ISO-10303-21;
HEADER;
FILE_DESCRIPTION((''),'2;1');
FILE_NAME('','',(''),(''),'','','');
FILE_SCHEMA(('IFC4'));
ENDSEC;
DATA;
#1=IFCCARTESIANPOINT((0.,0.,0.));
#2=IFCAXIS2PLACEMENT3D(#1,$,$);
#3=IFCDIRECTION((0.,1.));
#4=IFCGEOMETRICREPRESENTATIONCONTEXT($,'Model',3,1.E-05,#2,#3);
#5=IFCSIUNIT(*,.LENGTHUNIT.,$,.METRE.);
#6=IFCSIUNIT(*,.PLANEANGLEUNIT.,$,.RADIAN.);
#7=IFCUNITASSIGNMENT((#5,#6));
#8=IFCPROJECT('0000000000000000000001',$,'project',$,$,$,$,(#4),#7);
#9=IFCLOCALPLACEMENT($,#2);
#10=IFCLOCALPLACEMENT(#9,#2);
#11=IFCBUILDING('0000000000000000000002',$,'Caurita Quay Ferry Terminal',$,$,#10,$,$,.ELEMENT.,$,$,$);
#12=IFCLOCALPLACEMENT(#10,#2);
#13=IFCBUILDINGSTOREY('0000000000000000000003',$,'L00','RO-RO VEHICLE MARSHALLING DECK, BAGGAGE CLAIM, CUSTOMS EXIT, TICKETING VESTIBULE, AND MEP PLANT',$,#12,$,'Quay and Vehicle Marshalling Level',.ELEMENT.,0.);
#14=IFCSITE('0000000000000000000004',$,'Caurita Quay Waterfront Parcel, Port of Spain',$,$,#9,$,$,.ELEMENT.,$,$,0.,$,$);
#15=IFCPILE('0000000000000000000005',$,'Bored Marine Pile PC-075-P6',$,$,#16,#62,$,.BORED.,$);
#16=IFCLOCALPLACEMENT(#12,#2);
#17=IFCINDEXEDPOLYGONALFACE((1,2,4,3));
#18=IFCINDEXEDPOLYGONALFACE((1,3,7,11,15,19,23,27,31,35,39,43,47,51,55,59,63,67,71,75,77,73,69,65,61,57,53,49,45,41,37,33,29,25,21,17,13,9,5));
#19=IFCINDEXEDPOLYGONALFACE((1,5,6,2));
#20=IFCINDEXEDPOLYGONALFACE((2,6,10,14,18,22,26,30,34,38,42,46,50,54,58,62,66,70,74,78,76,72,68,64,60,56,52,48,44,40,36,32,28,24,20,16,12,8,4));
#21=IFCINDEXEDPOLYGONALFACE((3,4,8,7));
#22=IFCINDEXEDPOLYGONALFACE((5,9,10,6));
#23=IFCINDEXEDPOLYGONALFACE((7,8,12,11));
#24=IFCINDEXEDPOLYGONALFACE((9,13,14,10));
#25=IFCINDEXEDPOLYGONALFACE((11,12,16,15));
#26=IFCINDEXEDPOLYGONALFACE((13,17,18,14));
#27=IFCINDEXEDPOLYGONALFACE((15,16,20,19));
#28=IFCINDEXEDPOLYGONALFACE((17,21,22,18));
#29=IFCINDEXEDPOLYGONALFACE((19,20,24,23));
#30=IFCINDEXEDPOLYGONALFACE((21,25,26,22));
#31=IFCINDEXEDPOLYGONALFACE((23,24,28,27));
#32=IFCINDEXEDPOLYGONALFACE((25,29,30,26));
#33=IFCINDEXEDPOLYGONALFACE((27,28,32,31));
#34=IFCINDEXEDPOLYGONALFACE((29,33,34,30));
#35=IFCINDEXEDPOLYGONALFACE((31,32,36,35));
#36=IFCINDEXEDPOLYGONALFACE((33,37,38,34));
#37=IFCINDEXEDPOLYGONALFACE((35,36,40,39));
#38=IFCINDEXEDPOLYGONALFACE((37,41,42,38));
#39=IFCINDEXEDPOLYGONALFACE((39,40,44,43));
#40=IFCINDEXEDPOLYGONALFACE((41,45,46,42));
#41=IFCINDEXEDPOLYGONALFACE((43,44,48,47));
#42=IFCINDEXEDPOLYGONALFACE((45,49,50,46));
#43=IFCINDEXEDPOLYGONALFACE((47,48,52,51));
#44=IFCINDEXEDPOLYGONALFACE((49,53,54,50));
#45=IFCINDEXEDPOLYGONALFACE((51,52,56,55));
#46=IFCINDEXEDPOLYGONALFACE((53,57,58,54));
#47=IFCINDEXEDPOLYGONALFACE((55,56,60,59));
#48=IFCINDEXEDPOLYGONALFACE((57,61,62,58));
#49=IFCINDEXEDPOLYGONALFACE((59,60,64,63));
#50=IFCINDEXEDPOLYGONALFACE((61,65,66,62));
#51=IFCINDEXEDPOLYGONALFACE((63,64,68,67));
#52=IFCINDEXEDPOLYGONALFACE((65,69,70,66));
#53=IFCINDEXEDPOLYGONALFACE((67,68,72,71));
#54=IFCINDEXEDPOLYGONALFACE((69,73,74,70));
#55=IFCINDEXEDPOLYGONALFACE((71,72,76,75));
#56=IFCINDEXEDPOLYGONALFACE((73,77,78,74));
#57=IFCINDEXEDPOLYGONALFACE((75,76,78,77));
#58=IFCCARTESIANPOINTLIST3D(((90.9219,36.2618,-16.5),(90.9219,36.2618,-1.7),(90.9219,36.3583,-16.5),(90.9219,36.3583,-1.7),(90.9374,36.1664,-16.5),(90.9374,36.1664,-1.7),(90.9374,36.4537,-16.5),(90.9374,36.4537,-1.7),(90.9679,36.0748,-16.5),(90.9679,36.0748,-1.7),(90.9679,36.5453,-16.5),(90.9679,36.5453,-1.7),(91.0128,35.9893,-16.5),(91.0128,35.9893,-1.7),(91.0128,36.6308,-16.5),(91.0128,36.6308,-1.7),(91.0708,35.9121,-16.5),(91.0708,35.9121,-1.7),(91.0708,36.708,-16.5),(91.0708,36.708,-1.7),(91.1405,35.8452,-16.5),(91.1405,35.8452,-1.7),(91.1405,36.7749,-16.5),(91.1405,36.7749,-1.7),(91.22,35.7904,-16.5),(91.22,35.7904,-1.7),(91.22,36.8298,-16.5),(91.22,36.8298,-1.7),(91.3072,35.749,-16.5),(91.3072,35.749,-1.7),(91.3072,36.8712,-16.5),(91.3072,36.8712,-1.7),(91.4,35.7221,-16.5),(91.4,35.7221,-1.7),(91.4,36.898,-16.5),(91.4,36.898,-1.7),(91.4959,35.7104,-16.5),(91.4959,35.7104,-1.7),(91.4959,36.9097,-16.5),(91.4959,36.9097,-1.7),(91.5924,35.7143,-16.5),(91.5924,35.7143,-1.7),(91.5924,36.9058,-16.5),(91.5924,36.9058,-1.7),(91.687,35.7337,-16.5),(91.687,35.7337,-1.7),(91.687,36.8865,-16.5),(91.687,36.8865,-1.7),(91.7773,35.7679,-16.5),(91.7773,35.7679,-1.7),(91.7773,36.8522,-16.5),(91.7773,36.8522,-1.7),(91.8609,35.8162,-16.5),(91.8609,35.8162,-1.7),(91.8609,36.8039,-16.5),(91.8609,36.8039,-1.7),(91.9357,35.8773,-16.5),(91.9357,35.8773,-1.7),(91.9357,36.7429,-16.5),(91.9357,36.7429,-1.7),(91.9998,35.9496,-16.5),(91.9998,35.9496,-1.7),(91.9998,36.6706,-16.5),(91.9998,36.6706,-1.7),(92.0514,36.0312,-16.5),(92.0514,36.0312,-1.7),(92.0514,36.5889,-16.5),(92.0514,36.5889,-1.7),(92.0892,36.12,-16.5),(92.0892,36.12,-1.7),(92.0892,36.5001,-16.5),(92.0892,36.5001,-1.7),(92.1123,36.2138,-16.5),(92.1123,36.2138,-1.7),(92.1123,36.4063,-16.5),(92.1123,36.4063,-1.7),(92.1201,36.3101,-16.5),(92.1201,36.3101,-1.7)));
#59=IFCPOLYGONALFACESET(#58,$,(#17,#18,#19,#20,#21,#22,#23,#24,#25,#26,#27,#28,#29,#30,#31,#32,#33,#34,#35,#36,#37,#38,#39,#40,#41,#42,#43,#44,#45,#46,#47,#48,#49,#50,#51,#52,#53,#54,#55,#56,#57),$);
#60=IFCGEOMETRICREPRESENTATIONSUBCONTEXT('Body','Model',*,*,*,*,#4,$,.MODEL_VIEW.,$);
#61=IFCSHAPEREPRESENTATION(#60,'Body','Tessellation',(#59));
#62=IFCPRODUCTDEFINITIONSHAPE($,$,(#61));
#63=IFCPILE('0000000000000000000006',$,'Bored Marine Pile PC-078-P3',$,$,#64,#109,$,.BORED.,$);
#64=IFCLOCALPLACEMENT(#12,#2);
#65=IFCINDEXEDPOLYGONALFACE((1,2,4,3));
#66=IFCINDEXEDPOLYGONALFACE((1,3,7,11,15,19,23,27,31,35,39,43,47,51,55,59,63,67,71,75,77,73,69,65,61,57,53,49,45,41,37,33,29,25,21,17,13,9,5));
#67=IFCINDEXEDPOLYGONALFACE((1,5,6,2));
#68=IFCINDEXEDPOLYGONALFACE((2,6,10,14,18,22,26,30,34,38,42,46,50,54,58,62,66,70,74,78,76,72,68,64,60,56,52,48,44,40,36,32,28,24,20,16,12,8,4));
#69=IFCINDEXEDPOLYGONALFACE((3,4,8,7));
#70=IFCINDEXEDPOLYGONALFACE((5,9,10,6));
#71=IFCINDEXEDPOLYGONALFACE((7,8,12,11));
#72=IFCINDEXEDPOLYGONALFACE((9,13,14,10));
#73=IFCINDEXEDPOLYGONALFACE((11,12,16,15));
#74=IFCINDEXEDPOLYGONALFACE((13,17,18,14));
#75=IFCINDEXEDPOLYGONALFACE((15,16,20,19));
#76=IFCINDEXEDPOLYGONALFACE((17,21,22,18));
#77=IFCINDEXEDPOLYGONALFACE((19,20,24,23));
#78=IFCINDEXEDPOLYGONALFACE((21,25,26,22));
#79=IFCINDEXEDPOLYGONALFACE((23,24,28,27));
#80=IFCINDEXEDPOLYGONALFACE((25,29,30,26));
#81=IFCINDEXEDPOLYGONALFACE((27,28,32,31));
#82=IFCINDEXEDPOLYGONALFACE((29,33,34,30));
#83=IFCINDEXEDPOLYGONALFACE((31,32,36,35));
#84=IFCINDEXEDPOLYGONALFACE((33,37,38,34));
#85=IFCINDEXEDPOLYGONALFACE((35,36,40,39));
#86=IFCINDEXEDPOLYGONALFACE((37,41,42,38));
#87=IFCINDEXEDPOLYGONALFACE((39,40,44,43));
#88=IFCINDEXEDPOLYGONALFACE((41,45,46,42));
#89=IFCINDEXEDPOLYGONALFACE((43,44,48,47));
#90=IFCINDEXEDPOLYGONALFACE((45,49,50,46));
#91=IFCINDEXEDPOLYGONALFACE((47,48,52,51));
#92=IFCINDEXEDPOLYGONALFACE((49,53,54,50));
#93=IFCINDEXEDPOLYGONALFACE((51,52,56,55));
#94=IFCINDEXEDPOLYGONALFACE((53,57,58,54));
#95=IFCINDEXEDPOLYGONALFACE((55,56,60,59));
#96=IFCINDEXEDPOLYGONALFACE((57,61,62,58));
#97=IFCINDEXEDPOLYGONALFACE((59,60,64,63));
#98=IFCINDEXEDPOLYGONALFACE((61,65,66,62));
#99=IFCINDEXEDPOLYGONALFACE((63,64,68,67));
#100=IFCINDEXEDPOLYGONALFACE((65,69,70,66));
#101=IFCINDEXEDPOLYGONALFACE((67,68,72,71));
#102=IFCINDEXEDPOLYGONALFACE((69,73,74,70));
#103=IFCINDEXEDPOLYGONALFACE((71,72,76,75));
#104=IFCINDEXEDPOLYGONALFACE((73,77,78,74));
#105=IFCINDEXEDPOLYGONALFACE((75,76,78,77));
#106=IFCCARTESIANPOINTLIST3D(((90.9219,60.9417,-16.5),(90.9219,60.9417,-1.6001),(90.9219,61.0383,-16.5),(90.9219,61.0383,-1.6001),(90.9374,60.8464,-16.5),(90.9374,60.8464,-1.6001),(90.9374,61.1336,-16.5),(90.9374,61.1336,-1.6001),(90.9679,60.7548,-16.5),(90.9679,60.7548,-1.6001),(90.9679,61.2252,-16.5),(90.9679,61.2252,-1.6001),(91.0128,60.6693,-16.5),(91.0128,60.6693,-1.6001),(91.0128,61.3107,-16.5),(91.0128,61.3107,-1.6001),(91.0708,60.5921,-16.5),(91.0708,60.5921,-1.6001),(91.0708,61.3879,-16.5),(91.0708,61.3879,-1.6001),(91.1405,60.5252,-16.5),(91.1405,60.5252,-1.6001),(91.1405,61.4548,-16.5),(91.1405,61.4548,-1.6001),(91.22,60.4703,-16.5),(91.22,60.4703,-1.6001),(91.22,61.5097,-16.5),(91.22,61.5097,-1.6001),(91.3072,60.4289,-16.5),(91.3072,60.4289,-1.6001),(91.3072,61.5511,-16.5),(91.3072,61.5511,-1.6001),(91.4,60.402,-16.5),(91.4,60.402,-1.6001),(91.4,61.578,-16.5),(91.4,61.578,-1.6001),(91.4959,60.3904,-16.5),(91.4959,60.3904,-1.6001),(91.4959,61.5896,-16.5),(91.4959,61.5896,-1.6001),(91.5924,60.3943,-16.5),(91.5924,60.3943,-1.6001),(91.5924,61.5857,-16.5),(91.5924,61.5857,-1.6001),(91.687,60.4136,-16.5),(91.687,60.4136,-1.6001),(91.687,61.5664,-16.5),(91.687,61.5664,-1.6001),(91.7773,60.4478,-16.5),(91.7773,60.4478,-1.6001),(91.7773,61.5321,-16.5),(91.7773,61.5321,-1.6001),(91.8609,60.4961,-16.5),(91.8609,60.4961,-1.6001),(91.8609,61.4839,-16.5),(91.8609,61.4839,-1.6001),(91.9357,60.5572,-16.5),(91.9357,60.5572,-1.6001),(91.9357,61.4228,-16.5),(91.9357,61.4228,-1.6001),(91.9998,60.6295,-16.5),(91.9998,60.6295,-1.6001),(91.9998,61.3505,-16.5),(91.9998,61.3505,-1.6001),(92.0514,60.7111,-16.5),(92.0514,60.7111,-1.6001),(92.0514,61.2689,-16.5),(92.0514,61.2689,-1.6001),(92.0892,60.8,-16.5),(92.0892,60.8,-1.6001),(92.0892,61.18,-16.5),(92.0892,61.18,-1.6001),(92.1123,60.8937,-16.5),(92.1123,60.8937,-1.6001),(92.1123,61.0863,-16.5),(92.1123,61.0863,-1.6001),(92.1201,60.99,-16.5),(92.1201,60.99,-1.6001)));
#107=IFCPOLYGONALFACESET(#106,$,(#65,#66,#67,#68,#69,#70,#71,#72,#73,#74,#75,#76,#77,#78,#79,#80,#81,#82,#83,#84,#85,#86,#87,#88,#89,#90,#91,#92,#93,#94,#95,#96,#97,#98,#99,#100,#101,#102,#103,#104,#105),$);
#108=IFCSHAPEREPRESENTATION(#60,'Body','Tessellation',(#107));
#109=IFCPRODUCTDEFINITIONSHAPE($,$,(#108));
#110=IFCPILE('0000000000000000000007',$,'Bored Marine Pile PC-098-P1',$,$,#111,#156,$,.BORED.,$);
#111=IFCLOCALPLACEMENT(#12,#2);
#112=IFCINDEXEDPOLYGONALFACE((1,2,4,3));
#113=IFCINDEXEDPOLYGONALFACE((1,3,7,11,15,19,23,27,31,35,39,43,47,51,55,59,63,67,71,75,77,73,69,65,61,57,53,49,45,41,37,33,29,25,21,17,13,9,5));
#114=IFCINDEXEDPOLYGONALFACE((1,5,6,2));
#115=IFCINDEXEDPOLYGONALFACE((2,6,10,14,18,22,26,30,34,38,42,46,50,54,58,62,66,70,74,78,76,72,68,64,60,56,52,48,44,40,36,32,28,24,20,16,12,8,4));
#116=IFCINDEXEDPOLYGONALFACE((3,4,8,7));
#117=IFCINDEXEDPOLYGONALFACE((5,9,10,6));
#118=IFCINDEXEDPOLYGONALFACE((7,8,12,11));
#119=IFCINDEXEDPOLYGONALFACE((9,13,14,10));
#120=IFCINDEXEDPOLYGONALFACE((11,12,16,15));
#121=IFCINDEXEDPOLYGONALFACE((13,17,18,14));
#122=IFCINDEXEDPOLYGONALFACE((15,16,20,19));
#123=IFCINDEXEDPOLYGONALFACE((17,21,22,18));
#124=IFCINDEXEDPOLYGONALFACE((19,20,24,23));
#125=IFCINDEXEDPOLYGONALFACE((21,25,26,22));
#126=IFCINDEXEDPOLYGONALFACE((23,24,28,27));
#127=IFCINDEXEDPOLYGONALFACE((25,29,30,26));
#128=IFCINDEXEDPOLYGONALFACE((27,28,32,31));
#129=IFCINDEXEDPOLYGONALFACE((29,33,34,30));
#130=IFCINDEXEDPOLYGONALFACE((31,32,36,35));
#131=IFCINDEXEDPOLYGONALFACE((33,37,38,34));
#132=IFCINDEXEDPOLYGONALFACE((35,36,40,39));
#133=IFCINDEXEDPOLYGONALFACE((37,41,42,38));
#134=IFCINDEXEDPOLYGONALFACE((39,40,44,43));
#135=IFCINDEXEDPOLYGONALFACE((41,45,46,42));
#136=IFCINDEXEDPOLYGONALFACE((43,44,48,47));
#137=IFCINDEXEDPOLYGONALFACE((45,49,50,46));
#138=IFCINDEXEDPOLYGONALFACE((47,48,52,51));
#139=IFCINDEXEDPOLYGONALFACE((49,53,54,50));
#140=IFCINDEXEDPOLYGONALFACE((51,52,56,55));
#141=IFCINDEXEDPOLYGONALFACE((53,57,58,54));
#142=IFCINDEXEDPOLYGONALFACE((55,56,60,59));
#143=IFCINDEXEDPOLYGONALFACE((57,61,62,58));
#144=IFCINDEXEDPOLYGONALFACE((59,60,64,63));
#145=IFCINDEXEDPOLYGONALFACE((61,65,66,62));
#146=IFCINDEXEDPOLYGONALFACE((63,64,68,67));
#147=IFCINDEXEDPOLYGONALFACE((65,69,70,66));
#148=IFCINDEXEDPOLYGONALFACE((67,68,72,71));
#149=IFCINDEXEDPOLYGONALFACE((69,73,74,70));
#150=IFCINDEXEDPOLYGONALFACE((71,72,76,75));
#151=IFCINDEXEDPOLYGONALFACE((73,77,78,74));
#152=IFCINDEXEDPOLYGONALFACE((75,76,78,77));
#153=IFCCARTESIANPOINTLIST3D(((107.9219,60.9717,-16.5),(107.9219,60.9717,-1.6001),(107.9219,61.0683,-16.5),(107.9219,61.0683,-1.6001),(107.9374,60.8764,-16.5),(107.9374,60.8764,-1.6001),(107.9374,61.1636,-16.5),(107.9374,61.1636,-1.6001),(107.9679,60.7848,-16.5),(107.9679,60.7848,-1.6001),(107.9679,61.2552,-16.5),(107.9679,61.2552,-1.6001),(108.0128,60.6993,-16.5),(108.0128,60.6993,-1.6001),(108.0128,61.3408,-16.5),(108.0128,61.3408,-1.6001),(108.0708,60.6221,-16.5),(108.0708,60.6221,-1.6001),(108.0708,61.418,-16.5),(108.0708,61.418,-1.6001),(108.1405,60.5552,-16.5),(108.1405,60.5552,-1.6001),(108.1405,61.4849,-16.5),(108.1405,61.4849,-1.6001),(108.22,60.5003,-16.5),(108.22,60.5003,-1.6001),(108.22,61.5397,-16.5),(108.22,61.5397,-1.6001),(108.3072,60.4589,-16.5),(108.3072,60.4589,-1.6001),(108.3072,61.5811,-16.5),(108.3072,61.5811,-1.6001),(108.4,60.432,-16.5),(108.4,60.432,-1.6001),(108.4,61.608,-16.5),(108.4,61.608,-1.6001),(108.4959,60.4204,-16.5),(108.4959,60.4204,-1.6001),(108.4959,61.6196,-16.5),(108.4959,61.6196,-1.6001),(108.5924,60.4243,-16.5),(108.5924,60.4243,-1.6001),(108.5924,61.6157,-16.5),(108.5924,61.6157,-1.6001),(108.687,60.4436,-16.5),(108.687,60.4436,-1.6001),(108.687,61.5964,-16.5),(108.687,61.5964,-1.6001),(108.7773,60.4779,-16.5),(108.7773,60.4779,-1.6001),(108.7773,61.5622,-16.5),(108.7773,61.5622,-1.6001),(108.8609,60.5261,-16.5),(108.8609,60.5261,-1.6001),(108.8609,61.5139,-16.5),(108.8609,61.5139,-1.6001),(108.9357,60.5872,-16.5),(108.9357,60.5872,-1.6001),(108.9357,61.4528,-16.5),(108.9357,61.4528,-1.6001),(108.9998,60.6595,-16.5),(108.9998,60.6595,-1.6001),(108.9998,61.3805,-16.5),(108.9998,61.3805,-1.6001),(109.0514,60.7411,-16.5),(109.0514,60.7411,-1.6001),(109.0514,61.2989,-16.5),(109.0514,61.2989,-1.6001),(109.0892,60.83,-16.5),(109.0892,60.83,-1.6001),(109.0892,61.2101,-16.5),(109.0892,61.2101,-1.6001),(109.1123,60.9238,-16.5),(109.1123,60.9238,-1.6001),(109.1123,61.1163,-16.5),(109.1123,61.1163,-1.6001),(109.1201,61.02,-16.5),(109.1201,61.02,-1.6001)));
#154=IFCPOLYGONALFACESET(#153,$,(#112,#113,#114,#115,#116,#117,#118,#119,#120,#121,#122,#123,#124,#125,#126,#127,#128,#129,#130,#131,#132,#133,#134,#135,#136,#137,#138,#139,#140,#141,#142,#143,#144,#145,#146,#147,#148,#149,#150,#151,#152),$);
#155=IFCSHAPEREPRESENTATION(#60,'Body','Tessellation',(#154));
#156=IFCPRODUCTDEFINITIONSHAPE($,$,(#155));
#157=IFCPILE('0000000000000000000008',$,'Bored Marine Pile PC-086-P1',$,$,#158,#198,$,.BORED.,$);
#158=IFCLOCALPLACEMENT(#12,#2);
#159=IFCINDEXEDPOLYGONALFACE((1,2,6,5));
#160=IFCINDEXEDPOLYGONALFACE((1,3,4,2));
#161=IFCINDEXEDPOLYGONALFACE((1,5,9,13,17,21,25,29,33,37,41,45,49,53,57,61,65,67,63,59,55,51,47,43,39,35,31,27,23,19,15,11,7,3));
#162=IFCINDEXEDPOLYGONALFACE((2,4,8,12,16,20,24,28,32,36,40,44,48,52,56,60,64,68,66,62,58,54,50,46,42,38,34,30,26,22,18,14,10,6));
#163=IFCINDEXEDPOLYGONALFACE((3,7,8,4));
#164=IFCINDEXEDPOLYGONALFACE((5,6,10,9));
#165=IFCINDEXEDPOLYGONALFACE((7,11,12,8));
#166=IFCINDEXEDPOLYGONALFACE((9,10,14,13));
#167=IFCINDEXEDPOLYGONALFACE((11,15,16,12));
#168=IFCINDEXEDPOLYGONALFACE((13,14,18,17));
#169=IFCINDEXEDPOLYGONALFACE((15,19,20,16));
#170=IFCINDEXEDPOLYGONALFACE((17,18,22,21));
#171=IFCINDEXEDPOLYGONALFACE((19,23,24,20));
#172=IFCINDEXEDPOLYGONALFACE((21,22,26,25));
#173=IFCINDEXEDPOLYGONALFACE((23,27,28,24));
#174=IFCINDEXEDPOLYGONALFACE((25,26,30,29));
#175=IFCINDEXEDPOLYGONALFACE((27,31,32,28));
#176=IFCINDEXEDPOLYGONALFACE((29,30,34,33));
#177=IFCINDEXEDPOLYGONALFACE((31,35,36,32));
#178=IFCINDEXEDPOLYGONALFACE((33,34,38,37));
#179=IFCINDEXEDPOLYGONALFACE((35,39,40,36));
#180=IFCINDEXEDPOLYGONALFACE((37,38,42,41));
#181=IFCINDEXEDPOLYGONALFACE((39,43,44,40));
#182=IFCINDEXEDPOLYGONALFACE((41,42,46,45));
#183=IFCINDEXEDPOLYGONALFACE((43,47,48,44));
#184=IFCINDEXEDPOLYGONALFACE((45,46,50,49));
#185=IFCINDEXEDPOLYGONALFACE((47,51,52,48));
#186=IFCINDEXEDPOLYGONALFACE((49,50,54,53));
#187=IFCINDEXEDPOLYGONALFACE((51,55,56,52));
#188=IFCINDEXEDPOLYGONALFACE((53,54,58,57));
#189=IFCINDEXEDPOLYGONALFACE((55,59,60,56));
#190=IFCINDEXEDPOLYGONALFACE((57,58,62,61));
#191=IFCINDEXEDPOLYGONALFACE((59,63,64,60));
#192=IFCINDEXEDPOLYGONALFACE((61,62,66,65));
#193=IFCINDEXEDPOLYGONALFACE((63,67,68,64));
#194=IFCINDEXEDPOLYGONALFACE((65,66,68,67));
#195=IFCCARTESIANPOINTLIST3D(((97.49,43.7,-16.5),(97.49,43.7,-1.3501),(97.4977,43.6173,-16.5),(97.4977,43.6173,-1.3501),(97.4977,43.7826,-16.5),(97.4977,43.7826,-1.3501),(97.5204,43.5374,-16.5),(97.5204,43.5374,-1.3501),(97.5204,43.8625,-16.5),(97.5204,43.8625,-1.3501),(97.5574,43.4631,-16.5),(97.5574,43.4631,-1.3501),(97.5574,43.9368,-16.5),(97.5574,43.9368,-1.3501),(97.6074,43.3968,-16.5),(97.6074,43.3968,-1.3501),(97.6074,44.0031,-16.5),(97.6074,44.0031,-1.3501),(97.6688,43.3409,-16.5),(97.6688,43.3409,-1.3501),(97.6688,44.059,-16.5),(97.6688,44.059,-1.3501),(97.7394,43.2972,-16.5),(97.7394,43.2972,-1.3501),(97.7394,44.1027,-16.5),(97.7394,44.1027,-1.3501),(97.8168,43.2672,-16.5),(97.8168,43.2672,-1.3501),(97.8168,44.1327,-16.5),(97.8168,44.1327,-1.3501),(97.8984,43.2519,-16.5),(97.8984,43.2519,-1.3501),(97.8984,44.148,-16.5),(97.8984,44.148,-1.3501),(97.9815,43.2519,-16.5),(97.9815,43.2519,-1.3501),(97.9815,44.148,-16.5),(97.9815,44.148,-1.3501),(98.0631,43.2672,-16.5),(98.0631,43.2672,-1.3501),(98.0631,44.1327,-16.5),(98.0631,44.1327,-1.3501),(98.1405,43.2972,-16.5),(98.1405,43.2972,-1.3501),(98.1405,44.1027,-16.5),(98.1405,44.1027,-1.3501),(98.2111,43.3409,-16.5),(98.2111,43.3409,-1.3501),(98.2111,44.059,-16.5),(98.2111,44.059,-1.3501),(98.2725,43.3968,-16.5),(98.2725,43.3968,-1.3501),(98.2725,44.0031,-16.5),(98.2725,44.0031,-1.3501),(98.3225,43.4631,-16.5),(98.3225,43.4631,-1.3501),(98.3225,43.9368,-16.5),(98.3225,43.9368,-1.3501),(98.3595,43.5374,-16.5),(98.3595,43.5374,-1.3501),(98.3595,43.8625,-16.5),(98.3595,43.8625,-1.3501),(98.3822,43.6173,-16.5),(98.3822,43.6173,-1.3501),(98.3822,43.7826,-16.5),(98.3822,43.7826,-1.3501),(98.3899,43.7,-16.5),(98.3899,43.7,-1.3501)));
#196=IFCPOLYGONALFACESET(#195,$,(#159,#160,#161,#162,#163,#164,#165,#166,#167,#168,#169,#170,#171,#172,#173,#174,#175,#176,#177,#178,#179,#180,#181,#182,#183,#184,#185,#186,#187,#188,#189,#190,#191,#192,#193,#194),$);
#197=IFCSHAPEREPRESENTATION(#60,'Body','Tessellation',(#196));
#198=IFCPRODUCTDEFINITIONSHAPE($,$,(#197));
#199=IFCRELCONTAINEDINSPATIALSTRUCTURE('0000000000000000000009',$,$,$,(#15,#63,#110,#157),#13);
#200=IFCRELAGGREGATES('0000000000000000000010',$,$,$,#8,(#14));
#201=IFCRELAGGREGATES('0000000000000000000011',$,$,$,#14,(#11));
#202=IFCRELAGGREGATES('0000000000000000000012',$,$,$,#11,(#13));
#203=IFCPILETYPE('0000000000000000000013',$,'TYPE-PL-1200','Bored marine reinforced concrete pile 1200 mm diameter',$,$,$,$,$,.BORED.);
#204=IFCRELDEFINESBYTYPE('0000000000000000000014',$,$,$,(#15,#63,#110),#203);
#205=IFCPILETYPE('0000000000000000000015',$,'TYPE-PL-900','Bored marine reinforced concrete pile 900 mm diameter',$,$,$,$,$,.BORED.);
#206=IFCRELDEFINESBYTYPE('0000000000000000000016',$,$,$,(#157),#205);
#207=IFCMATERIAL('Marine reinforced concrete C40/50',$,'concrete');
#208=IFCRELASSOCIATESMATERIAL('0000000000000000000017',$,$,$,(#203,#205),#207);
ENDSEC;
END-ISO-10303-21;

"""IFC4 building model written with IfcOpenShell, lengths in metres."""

from ifc_helpers import new_model, si_unit, direction, frame, origin, origin_2d, place, context, subcontext, project, spatial, circle, extrude, material, material_profile, profile_set, type_object, element, save


model = new_model("IFC4")

# Units and contexts
model_context = context("Model", 3, precision=1e-05, world=origin(), true_north=direction((0.0, 1.0)))
body_context = subcontext(model_context, "Body", "Model", "MODEL_VIEW")
ifc_project = project(units=[si_unit("LENGTHUNIT", "METRE"), si_unit("PLANEANGLEUNIT", "RADIAN")], contexts=[model_context])

# Site, building, storey
site_placement = place(None, origin())
site = spatial("IfcSite", under=ifc_project, at=site_placement, Name="Caurita Quay Waterfront Parcel, Port of Spain", CompositionType="ELEMENT", RefElevation=0.0)
building_placement = place(site_placement, origin())
building = spatial("IfcBuilding", under=site, at=building_placement, Name="Caurita Quay Ferry Terminal", CompositionType="ELEMENT")
storey_placement = place(building_placement, origin())
storey = spatial("IfcBuildingStorey", under=building, at=storey_placement, Name="L00", Description="RO-RO VEHICLE MARSHALLING DECK, BAGGAGE CLAIM, CUSTOMS EXIT, TICKETING VESTIBULE, AND MEP PLANT", LongName="Quay and Vehicle Marshalling Level", CompositionType="ELEMENT", Elevation=0.0)

# Piles
ifc_material_1 = material(Name="Marine reinforced concrete C40/50", Category="concrete")
ifc_material_profile_1 = material_profile(ifc_material_1, circle(Radius=0.6001, at=origin_2d()), Name="PILE-D1200")
ifc_profile_set_1 = profile_set([ifc_material_profile_1], Name="Marine reinforced concrete C40/50")
pile_type_1 = type_object("IfcPileType", Name="TYPE-PL-1200", Description="Bored marine reinforced concrete pile 1200 mm diameter", PredefinedType="BORED", material=ifc_profile_set_1)
pile_placement = place(storey_placement, frame((91.52, 36.3101, -1.7), z_axis=(0.0, 0.0, -1.0), x_axis=(1.0, 0.0, 0.0)))
element("IfcPile", 1, at=pile_placement, inside=storey, type_object=pile_type_1, Name="Bored Marine Pile PC-075-P6", PredefinedType="BORED", context=body_context, shape_type="SweptSolid", body=[
    extrude(circle(Radius=0.6001, at=origin_2d()), origin(), (0.0, 0.0, 1.0), 14.8),
])
for number, where, z_axis, x_axis, name in (
    (2, (91.52, 60.99, -1.6001), (0.0, 0.0, -1.0), (1.0, 0.0, 0.0), "Bored Marine Pile PC-078-P3"),
    (3, (108.52, 61.02, -1.6001), (0.0, 0.0, -1.0), (1.0, 0.0, 0.0), "Bored Marine Pile PC-098-P1"),
):
    element("IfcPile", number, at=place(storey_placement, frame(where, z_axis=z_axis, x_axis=x_axis)), inside=storey, type_object=pile_type_1, Name=name, PredefinedType="BORED", context=body_context, shape_type="SweptSolid", body=[
        extrude(circle(Radius=0.6001, at=origin_2d()), origin(), (0.0, 0.0, 1.0), 14.8999),
    ])
ifc_material_profile_2 = material_profile(ifc_material_1, circle(Radius=0.45, at=origin_2d()), Name="PILE-D900")
ifc_profile_set_2 = profile_set([ifc_material_profile_2], Name="Marine reinforced concrete C40/50")
pile_type_2 = type_object("IfcPileType", Name="TYPE-PL-900", Description="Bored marine reinforced concrete pile 900 mm diameter", PredefinedType="BORED", material=ifc_profile_set_2)
for number, where, z_axis, x_axis, name in (
    (4, (97.9399, 43.7, -1.3501), (0.0, 0.0, -1.0), (1.0, 0.0, 0.0), "Bored Marine Pile PC-086-P1"),
):
    element("IfcPile", number, at=place(storey_placement, frame(where, z_axis=z_axis, x_axis=x_axis)), inside=storey, type_object=pile_type_2, Name=name, PredefinedType="BORED", context=body_context, shape_type="SweptSolid", body=[
        extrude(circle(Radius=0.45, at=origin_2d()), origin(), (0.0, 0.0, 1.0), 15.1499),
    ])

save(model, "model.ifc")
